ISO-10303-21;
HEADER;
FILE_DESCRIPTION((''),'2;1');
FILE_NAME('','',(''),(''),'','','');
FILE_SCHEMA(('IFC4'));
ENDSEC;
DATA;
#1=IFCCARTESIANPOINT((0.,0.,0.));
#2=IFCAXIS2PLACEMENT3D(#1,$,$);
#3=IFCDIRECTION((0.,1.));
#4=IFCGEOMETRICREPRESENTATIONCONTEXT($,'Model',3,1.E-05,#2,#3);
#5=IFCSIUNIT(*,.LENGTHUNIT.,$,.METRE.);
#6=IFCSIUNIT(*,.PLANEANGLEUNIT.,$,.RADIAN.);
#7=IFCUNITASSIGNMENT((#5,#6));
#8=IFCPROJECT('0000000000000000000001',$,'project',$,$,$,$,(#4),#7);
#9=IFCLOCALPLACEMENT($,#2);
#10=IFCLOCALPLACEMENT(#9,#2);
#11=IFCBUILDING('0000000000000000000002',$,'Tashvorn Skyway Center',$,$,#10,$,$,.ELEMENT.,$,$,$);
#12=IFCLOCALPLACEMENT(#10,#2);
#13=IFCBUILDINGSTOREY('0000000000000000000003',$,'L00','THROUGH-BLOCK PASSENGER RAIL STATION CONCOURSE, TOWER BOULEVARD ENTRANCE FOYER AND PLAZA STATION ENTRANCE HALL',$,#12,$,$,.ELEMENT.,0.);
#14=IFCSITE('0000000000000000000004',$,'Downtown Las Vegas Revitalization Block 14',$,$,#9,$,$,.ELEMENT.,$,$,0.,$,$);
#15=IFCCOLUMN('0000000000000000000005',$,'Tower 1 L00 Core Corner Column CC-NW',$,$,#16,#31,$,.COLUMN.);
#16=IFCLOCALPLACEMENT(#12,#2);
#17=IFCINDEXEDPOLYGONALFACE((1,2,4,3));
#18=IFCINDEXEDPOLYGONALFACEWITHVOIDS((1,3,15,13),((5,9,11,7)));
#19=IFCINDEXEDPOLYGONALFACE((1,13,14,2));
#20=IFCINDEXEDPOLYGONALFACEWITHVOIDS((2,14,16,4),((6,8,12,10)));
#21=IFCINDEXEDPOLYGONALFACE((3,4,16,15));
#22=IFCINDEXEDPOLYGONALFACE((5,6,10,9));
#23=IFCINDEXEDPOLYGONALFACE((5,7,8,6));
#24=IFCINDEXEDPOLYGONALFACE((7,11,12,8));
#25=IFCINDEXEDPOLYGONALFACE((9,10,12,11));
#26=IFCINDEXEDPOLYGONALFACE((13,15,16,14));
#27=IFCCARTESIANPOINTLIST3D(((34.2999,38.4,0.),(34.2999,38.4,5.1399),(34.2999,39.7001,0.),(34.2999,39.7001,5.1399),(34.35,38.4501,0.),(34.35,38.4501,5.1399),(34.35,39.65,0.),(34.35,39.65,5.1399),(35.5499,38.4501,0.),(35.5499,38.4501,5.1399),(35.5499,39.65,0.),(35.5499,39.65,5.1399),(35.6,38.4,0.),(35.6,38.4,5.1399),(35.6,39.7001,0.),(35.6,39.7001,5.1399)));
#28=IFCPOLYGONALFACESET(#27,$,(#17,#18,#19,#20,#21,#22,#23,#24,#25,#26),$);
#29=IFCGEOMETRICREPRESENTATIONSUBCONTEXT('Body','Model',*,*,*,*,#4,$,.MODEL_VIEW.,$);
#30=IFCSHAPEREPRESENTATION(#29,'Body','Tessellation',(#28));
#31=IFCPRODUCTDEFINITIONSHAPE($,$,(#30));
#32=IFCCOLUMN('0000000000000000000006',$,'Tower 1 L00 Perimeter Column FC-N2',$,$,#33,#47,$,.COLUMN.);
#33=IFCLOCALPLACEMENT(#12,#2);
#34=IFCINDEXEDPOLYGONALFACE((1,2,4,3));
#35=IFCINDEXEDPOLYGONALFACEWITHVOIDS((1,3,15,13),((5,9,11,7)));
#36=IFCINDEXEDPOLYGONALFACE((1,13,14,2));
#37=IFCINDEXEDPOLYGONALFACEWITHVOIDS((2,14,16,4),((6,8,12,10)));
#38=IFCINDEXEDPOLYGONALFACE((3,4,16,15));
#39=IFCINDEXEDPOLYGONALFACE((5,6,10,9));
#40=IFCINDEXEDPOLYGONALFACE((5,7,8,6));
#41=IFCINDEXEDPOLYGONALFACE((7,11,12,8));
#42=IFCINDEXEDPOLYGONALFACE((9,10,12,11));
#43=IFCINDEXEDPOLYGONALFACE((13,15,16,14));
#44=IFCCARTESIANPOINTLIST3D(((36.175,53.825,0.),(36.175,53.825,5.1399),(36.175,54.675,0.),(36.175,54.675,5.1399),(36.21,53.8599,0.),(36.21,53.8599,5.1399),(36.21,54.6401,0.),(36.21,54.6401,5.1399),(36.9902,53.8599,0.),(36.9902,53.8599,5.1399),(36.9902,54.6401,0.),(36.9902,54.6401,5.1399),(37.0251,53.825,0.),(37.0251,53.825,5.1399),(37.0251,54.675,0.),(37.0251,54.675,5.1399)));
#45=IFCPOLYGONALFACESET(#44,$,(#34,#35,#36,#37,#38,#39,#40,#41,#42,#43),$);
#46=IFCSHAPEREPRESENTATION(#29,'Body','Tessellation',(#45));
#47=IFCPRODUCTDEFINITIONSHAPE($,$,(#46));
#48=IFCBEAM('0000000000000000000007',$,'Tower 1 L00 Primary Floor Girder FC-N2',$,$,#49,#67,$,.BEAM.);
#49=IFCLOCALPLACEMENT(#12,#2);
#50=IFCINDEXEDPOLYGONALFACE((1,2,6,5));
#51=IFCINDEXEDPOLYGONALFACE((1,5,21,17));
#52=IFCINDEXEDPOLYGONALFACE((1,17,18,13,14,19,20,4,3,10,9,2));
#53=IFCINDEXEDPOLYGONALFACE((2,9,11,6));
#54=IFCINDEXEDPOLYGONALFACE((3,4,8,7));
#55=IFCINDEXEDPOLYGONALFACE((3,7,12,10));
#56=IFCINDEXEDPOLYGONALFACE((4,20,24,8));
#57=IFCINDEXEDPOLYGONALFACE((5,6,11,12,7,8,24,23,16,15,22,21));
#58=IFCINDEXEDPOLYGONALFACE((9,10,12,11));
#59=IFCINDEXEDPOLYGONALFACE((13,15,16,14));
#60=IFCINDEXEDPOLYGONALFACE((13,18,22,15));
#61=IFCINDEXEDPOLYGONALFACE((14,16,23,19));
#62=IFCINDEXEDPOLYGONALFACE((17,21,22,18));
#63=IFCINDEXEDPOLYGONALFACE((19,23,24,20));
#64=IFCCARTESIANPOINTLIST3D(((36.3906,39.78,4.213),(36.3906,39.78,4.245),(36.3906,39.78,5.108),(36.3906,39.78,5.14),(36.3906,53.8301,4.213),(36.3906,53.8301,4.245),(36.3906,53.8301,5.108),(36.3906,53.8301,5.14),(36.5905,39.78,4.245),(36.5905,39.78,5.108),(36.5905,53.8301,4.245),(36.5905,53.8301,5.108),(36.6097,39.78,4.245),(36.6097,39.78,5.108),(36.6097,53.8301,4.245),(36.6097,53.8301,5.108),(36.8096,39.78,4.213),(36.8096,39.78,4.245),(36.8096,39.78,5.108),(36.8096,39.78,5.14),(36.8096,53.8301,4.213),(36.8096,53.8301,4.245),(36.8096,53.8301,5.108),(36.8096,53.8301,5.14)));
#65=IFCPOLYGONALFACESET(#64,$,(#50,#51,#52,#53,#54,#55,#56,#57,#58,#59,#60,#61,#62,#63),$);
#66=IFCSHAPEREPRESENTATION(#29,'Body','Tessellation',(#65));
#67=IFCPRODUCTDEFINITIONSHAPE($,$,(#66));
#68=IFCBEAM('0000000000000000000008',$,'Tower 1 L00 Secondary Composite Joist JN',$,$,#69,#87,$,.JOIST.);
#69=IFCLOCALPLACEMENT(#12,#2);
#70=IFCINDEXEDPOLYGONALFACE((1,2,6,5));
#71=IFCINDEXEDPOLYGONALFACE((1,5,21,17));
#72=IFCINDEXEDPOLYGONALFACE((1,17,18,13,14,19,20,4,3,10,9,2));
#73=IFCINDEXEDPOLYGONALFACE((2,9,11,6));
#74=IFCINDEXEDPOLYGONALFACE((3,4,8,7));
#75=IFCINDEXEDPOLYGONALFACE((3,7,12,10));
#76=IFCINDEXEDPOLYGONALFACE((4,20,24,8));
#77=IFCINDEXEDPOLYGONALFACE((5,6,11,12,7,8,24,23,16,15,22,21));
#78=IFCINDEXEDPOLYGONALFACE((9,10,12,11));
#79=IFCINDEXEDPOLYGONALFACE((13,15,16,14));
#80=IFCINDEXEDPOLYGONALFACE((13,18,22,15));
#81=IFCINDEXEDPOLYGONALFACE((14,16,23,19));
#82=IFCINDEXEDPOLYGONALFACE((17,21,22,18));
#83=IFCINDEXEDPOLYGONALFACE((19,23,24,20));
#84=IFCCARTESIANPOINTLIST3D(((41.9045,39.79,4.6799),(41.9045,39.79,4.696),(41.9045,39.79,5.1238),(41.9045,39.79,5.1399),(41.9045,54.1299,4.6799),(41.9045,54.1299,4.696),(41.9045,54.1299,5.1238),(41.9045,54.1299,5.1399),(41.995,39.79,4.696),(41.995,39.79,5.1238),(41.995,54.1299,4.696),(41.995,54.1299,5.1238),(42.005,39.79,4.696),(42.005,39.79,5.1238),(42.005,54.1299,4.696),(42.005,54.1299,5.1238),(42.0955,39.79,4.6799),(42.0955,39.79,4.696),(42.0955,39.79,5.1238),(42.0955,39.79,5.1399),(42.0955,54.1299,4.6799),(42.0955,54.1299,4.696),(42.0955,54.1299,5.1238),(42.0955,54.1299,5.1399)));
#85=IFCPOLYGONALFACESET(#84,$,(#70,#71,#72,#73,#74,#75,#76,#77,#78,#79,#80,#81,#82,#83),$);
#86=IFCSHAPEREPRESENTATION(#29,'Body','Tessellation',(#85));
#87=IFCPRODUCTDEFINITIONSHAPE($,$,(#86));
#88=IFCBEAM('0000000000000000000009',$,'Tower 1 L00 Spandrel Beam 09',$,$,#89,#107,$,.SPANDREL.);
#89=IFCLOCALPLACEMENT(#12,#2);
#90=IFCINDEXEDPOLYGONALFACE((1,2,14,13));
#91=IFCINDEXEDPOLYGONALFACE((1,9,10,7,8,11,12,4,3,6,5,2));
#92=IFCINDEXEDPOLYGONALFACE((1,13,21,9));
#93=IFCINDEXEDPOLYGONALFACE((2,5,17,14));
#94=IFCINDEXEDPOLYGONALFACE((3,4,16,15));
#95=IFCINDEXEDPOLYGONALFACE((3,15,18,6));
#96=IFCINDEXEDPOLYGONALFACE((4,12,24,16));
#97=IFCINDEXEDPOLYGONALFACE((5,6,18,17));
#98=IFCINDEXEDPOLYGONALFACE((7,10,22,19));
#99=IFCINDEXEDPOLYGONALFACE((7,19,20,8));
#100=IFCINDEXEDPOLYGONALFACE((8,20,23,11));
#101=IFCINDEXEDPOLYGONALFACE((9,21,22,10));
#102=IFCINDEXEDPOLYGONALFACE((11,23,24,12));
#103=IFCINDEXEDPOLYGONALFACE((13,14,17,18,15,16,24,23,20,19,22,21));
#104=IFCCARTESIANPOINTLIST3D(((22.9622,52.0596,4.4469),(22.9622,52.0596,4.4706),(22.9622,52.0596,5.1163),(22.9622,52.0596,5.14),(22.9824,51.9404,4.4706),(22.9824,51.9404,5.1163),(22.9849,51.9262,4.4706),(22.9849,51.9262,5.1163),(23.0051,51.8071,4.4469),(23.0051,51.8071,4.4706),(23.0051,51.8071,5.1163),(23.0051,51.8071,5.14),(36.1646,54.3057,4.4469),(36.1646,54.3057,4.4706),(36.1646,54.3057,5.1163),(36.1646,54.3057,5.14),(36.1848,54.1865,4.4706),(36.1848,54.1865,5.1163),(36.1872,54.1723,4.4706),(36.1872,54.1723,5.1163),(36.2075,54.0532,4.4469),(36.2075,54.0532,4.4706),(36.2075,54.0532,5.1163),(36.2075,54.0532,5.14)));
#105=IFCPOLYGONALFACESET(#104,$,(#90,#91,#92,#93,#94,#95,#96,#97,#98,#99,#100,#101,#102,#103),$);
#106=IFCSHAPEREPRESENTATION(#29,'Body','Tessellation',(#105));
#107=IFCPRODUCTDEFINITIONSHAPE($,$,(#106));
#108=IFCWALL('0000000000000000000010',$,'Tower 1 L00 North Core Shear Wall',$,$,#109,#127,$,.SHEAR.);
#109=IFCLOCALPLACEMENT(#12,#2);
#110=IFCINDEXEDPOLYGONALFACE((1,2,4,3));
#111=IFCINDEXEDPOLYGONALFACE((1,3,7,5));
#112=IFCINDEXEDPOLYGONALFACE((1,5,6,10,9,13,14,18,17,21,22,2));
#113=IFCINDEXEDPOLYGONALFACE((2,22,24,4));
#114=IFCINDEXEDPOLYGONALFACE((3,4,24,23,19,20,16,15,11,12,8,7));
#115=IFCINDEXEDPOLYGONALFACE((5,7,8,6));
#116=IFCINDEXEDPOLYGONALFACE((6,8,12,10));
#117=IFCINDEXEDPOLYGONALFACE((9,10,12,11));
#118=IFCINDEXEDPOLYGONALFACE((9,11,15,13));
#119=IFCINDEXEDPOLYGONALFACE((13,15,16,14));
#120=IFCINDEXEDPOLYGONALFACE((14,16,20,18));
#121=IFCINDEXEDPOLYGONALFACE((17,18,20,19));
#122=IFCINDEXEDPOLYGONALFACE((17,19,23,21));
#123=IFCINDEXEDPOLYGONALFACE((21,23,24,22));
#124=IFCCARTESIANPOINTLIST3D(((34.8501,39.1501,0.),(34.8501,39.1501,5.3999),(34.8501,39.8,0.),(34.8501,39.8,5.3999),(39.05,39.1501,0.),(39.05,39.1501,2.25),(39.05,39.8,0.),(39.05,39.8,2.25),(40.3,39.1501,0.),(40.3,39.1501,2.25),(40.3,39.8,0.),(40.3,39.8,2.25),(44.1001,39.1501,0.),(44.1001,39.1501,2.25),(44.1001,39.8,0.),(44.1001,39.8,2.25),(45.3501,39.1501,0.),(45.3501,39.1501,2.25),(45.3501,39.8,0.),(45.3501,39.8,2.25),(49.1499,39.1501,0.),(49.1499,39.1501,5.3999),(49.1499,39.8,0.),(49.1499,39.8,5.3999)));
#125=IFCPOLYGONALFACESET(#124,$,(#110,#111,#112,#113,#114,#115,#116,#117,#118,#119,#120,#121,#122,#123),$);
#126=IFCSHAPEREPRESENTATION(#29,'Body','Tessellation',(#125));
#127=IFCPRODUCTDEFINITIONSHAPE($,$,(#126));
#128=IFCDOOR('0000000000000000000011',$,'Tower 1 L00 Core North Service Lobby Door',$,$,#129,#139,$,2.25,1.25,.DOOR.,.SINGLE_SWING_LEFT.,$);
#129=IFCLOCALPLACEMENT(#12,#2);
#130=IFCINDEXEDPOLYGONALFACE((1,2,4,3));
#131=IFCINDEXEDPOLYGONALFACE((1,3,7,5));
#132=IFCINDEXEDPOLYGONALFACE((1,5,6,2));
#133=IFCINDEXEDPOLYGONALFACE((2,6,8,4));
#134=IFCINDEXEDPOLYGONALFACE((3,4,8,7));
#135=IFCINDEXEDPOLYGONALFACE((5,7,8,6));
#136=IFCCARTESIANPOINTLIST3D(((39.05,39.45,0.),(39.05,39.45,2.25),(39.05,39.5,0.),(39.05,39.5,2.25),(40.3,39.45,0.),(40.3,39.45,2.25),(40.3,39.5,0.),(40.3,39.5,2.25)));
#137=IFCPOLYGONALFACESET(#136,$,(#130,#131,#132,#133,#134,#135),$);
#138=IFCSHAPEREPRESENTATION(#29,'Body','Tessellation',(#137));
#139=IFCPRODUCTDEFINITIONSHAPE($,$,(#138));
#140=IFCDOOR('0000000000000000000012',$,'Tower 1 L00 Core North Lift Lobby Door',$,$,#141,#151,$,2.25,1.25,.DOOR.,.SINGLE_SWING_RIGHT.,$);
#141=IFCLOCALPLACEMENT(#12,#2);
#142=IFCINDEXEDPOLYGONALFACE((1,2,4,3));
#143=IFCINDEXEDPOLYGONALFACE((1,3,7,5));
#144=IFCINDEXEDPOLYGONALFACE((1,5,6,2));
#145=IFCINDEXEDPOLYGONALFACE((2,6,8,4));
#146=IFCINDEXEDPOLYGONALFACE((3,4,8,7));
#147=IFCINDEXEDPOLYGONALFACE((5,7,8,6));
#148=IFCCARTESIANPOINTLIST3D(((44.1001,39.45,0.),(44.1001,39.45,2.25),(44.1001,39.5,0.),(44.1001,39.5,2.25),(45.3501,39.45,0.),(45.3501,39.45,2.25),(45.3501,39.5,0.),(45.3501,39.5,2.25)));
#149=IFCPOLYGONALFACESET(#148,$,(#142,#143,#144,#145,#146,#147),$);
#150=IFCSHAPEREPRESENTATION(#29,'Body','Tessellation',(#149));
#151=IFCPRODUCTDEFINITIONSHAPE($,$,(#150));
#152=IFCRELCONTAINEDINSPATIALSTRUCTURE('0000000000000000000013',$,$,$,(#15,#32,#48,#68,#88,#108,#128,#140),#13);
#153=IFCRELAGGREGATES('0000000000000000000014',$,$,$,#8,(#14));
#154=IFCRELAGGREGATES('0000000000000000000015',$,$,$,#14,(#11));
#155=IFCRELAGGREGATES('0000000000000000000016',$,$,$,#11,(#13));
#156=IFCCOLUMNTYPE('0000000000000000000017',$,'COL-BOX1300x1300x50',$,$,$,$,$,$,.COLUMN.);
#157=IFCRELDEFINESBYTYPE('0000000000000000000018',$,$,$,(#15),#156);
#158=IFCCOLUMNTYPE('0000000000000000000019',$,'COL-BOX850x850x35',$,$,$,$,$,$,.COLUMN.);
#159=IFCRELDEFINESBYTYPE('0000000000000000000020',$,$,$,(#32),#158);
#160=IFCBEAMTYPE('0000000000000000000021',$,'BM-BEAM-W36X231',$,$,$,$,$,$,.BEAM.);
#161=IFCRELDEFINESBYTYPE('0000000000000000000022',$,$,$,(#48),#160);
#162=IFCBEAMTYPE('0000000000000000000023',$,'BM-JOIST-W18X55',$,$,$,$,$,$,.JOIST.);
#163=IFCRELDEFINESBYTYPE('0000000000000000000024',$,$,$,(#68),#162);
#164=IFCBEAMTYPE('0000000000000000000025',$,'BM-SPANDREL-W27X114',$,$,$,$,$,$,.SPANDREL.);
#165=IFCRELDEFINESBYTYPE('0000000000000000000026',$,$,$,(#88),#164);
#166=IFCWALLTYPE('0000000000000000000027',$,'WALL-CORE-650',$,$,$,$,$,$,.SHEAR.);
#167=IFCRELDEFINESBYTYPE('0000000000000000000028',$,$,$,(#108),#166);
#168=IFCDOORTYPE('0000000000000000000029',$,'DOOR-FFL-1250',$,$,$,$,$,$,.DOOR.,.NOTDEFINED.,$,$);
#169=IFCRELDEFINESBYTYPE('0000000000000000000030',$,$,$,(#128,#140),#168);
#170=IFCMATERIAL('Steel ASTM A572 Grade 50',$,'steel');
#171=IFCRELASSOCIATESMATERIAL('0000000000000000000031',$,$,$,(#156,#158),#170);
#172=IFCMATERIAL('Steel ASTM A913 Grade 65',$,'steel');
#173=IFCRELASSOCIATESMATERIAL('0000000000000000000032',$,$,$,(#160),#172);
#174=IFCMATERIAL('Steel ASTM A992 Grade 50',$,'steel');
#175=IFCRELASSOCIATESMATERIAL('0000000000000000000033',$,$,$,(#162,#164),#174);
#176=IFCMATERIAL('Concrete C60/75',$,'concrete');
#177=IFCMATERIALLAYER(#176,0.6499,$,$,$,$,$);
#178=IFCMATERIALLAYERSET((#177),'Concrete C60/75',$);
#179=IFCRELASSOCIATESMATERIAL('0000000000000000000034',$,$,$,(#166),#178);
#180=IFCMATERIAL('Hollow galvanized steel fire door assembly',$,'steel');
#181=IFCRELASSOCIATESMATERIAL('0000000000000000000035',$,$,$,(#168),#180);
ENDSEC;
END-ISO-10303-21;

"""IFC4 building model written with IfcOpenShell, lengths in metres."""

from ifc_helpers import new_model, si_unit, direction, frame, frame_2d, origin, origin_2d, place, context, subcontext, project, spatial, rectangle, hollow_rectangle, i_section, extrude, material, layer, layer_set, material_profile, profile_set, type_object, element, fill, save


model = new_model("IFC4")

# Units and contexts
model_context = context("Model", 3, precision=1e-05, world=origin(), true_north=direction((0.0, 1.0)))
body_context = subcontext(model_context, "Body", "Model", "MODEL_VIEW")
ifc_project = project(units=[si_unit("LENGTHUNIT", "METRE"), si_unit("PLANEANGLEUNIT", "RADIAN")], contexts=[model_context])

# Site, building, storey
site_placement = place(None, origin())
site = spatial("IfcSite", under=ifc_project, at=site_placement, Name="Downtown Las Vegas Revitalization Block 14", CompositionType="ELEMENT", RefElevation=0.0)
building_placement = place(site_placement, origin())
building = spatial("IfcBuilding", under=site, at=building_placement, Name="Tashvorn Skyway Center", CompositionType="ELEMENT")
storey_placement = place(building_placement, origin())
storey = spatial("IfcBuildingStorey", under=building, at=storey_placement, Name="L00", Description="THROUGH-BLOCK PASSENGER RAIL STATION CONCOURSE, TOWER BOULEVARD ENTRANCE FOYER AND PLAZA STATION ENTRANCE HALL", CompositionType="ELEMENT", Elevation=0.0)

# Columns
ifc_material_1 = material(Name="Steel ASTM A572 Grade 50", Category="steel")
ifc_material_profile_1 = material_profile(ifc_material_1, hollow_rectangle(XDim=1.3, YDim=1.3, WallThickness=0.05, at=origin_2d()), Name="BOX1300x1300x50")
ifc_profile_set_1 = profile_set([ifc_material_profile_1], Name="Steel ASTM A572 Grade 50")
column_type_1 = type_object("IfcColumnType", Name="COL-BOX1300x1300x50", PredefinedType="COLUMN", material=ifc_profile_set_1)
column_1_placement = place(storey_placement, frame((34.95, 39.05, 0.0), z_axis=(0.0, 0.0, 1.0), x_axis=(1.0, 0.0, 0.0)))
element("IfcColumn", 1, at=column_1_placement, inside=storey, type_object=column_type_1, Name="Tower 1 L00 Core Corner Column CC-NW", PredefinedType="COLUMN", context=body_context, shape_type="SweptSolid", body=[
    extrude(hollow_rectangle(XDim=1.3, YDim=1.3, WallThickness=0.05, at=origin_2d()), origin(), (0.0, 0.0, 1.0), 5.1399),
])
ifc_material_profile_2 = material_profile(ifc_material_1, hollow_rectangle(XDim=0.8501, YDim=0.8501, WallThickness=0.0349, at=origin_2d()), Name="BOX850x850x35")
ifc_profile_set_2 = profile_set([ifc_material_profile_2], Name="Steel ASTM A572 Grade 50")
column_type_2 = type_object("IfcColumnType", Name="COL-BOX850x850x35", PredefinedType="COLUMN", material=ifc_profile_set_2)
column_2_placement = place(storey_placement, frame((36.6001, 54.25, 0.0), z_axis=(0.0, 0.0, 1.0), x_axis=(1.0, 0.0, 0.0)))
element("IfcColumn", 2, at=column_2_placement, inside=storey, type_object=column_type_2, Name="Tower 1 L00 Perimeter Column FC-N2", PredefinedType="COLUMN", context=body_context, shape_type="SweptSolid", body=[
    extrude(hollow_rectangle(XDim=0.8501, YDim=0.8501, WallThickness=0.0349, at=origin_2d()), origin(), (0.0, 0.0, 1.0), 5.1399),
])

# Beams
ifc_material_2 = material(Name="Steel ASTM A913 Grade 65", Category="steel")
ifc_material_profile_3 = material_profile(ifc_material_2, i_section(OverallWidth=0.4189, OverallDepth=0.927, WebThickness=0.0193, FlangeThickness=0.032, at=origin_2d()), Name="W36X231")
ifc_profile_set_3 = profile_set([ifc_material_profile_3], Name="Steel ASTM A913 Grade 65")
beam_type_1 = type_object("IfcBeamType", Name="BM-BEAM-W36X231", PredefinedType="BEAM", material=ifc_profile_set_3)
beam_1_placement = place(storey_placement, frame((36.6001, 53.8301, 4.6765), z_axis=(0.0, -1.0, 0.0), x_axis=(1.0, 0.0, 0.0)))
element("IfcBeam", 3, at=beam_1_placement, inside=storey, type_object=beam_type_1, Name="Tower 1 L00 Primary Floor Girder FC-N2", PredefinedType="BEAM", context=body_context, shape_type="SweptSolid", body=[
    extrude(i_section(OverallWidth=0.4189, OverallDepth=0.927, WebThickness=0.0193, FlangeThickness=0.032, at=origin_2d()), origin(), (0.0, 0.0, 1.0), 14.05),
])
ifc_material_3 = material(Name="Steel ASTM A992 Grade 50", Category="steel")
ifc_material_profile_4 = material_profile(ifc_material_3, i_section(OverallWidth=0.1909, OverallDepth=0.46, WebThickness=0.01, FlangeThickness=0.0161, at=origin_2d()), Name="W18X55")
ifc_profile_set_4 = profile_set([ifc_material_profile_4], Name="Steel ASTM A992 Grade 50")
beam_type_2 = type_object("IfcBeamType", Name="BM-JOIST-W18X55", PredefinedType="JOIST", material=ifc_profile_set_4)
beam_2_placement = place(storey_placement, frame((42.0, 39.79, 4.9099), z_axis=(0.0, 1.0, 0.0), x_axis=(-1.0, 0.0, 0.0)))
element("IfcBeam", 4, at=beam_2_placement, inside=storey, type_object=beam_type_2, Name="Tower 1 L00 Secondary Composite Joist JN", PredefinedType="JOIST", context=body_context, shape_type="SweptSolid", body=[
    extrude(i_section(OverallWidth=0.1909, OverallDepth=0.46, WebThickness=0.01, FlangeThickness=0.0161, at=origin_2d()), origin(), (0.0, 0.0, 1.0), 14.3398),
])
ifc_material_profile_5 = material_profile(ifc_material_3, i_section(OverallWidth=0.2561, OverallDepth=0.6931, WebThickness=0.0144, FlangeThickness=0.0237, at=origin_2d()), Name="W27X114")
ifc_profile_set_5 = profile_set([ifc_material_profile_5], Name="Steel ASTM A992 Grade 50")
beam_type_3 = type_object("IfcBeamType", Name="BM-SPANDREL-W27X114", PredefinedType="SPANDREL", material=ifc_profile_set_5)
beam_3_placement = place(storey_placement, frame((36.186, 54.1794, 4.7935), z_axis=(-0.985835, -0.167718, 0.0), x_axis=(0.167718, -0.985835, 0.0)))
element("IfcBeam", 5, at=beam_3_placement, inside=storey, type_object=beam_type_3, Name="Tower 1 L00 Spandrel Beam 09", PredefinedType="SPANDREL", context=body_context, shape_type="SweptSolid", body=[
    extrude(i_section(OverallWidth=0.2561, OverallDepth=0.6931, WebThickness=0.0144, FlangeThickness=0.0237, at=origin_2d()), origin(), (0.0, 0.0, 1.0), 13.3921),
])

# Wall, openings, doors
ifc_material_4 = material(Name="Concrete C60/75", Category="concrete")
ifc_layer_1 = layer(ifc_material_4, 0.6499)
ifc_layer_set_1 = layer_set([ifc_layer_1], Name="Concrete C60/75")
wall_type_1 = type_object("IfcWallType", Name="WALL-CORE-650", PredefinedType="SHEAR", material=ifc_layer_set_1)
wall_1_placement = place(storey_placement, frame((34.8501, 39.4751, 0.0), z_axis=(0.0, 0.0, 1.0), x_axis=(1.0, 0.0, 0.0)))
wall_1 = element("IfcWall", 6, at=wall_1_placement, inside=storey, type_object=wall_type_1, Name="Tower 1 L00 North Core Shear Wall", PredefinedType="SHEAR", context=body_context, shape_type="SweptSolid", body=[
    extrude(rectangle(XDim=14.2998, YDim=0.6499, at=frame_2d((7.1499, 0.0))), origin(), (0.0, 0.0, 1.0), 5.3999),
])
opening_1_placement = place(wall_1_placement, frame((4.2, 0.0, 0.0)))
opening_1 = element("IfcOpeningElement", 7, at=opening_1_placement, cuts=wall_1, PredefinedType="OPENING", context=body_context, shape_type="SweptSolid", body=[
    extrude(rectangle(XDim=1.25, YDim=2.25, at=frame_2d((0.625, 1.125))), frame((0.0, 0.335, 0.0), z_axis=(0.0, -1.0, 0.0), x_axis=(1.0, 0.0, 0.0)), (0.0, 0.0, 1.0), 0.6699),
])
opening_2_placement = place(wall_1_placement, frame((9.25, 0.0, 0.0)))
opening_2 = element("IfcOpeningElement", 8, at=opening_2_placement, cuts=wall_1, PredefinedType="OPENING", context=body_context, shape_type="SweptSolid", body=[
    extrude(rectangle(XDim=1.25, YDim=2.25, at=frame_2d((0.625, 1.125))), frame((0.0, 0.335, 0.0), z_axis=(0.0, -1.0, 0.0), x_axis=(1.0, 0.0, 0.0)), (0.0, 0.0, 1.0), 0.6699),
])
ifc_material_5 = material(Name="Hollow galvanized steel fire door assembly", Category="steel")
door_type_1 = type_object("IfcDoorType", Name="DOOR-FFL-1250", OperationType="NOTDEFINED", PredefinedType="DOOR", material=ifc_material_5)
door_1_placement = place(opening_1_placement, origin())
door_1 = element("IfcDoor", 9, at=door_1_placement, inside=storey, type_object=door_type_1, Name="Tower 1 L00 Core North Service Lobby Door", OperationType="SINGLE_SWING_LEFT", OverallHeight=2.25, OverallWidth=1.25, PredefinedType="DOOR", context=body_context, shape_type="SweptSolid", body=[
    extrude(rectangle(XDim=1.25, YDim=2.25, at=frame_2d((0.625, 1.125))), frame((0.0, 0.0249, 0.0), z_axis=(0.0, -1.0, 0.0), x_axis=(1.0, 0.0, 0.0)), (0.0, 0.0, 1.0), 0.05),
])
fill(opening_1, door_1)
door_2_placement = place(opening_2_placement, origin())
door_2 = element("IfcDoor", 10, at=door_2_placement, inside=storey, type_object=door_type_1, Name="Tower 1 L00 Core North Lift Lobby Door", OperationType="SINGLE_SWING_RIGHT", OverallHeight=2.25, OverallWidth=1.25, PredefinedType="DOOR", context=body_context, shape_type="SweptSolid", body=[
    extrude(rectangle(XDim=1.25, YDim=2.25, at=frame_2d((0.625, 1.125))), frame((0.0, 0.0249, 0.0), z_axis=(0.0, -1.0, 0.0), x_axis=(1.0, 0.0, 0.0)), (0.0, 0.0, 1.0), 0.05),
])
fill(opening_2, door_2)

save(model, "model.ifc")
